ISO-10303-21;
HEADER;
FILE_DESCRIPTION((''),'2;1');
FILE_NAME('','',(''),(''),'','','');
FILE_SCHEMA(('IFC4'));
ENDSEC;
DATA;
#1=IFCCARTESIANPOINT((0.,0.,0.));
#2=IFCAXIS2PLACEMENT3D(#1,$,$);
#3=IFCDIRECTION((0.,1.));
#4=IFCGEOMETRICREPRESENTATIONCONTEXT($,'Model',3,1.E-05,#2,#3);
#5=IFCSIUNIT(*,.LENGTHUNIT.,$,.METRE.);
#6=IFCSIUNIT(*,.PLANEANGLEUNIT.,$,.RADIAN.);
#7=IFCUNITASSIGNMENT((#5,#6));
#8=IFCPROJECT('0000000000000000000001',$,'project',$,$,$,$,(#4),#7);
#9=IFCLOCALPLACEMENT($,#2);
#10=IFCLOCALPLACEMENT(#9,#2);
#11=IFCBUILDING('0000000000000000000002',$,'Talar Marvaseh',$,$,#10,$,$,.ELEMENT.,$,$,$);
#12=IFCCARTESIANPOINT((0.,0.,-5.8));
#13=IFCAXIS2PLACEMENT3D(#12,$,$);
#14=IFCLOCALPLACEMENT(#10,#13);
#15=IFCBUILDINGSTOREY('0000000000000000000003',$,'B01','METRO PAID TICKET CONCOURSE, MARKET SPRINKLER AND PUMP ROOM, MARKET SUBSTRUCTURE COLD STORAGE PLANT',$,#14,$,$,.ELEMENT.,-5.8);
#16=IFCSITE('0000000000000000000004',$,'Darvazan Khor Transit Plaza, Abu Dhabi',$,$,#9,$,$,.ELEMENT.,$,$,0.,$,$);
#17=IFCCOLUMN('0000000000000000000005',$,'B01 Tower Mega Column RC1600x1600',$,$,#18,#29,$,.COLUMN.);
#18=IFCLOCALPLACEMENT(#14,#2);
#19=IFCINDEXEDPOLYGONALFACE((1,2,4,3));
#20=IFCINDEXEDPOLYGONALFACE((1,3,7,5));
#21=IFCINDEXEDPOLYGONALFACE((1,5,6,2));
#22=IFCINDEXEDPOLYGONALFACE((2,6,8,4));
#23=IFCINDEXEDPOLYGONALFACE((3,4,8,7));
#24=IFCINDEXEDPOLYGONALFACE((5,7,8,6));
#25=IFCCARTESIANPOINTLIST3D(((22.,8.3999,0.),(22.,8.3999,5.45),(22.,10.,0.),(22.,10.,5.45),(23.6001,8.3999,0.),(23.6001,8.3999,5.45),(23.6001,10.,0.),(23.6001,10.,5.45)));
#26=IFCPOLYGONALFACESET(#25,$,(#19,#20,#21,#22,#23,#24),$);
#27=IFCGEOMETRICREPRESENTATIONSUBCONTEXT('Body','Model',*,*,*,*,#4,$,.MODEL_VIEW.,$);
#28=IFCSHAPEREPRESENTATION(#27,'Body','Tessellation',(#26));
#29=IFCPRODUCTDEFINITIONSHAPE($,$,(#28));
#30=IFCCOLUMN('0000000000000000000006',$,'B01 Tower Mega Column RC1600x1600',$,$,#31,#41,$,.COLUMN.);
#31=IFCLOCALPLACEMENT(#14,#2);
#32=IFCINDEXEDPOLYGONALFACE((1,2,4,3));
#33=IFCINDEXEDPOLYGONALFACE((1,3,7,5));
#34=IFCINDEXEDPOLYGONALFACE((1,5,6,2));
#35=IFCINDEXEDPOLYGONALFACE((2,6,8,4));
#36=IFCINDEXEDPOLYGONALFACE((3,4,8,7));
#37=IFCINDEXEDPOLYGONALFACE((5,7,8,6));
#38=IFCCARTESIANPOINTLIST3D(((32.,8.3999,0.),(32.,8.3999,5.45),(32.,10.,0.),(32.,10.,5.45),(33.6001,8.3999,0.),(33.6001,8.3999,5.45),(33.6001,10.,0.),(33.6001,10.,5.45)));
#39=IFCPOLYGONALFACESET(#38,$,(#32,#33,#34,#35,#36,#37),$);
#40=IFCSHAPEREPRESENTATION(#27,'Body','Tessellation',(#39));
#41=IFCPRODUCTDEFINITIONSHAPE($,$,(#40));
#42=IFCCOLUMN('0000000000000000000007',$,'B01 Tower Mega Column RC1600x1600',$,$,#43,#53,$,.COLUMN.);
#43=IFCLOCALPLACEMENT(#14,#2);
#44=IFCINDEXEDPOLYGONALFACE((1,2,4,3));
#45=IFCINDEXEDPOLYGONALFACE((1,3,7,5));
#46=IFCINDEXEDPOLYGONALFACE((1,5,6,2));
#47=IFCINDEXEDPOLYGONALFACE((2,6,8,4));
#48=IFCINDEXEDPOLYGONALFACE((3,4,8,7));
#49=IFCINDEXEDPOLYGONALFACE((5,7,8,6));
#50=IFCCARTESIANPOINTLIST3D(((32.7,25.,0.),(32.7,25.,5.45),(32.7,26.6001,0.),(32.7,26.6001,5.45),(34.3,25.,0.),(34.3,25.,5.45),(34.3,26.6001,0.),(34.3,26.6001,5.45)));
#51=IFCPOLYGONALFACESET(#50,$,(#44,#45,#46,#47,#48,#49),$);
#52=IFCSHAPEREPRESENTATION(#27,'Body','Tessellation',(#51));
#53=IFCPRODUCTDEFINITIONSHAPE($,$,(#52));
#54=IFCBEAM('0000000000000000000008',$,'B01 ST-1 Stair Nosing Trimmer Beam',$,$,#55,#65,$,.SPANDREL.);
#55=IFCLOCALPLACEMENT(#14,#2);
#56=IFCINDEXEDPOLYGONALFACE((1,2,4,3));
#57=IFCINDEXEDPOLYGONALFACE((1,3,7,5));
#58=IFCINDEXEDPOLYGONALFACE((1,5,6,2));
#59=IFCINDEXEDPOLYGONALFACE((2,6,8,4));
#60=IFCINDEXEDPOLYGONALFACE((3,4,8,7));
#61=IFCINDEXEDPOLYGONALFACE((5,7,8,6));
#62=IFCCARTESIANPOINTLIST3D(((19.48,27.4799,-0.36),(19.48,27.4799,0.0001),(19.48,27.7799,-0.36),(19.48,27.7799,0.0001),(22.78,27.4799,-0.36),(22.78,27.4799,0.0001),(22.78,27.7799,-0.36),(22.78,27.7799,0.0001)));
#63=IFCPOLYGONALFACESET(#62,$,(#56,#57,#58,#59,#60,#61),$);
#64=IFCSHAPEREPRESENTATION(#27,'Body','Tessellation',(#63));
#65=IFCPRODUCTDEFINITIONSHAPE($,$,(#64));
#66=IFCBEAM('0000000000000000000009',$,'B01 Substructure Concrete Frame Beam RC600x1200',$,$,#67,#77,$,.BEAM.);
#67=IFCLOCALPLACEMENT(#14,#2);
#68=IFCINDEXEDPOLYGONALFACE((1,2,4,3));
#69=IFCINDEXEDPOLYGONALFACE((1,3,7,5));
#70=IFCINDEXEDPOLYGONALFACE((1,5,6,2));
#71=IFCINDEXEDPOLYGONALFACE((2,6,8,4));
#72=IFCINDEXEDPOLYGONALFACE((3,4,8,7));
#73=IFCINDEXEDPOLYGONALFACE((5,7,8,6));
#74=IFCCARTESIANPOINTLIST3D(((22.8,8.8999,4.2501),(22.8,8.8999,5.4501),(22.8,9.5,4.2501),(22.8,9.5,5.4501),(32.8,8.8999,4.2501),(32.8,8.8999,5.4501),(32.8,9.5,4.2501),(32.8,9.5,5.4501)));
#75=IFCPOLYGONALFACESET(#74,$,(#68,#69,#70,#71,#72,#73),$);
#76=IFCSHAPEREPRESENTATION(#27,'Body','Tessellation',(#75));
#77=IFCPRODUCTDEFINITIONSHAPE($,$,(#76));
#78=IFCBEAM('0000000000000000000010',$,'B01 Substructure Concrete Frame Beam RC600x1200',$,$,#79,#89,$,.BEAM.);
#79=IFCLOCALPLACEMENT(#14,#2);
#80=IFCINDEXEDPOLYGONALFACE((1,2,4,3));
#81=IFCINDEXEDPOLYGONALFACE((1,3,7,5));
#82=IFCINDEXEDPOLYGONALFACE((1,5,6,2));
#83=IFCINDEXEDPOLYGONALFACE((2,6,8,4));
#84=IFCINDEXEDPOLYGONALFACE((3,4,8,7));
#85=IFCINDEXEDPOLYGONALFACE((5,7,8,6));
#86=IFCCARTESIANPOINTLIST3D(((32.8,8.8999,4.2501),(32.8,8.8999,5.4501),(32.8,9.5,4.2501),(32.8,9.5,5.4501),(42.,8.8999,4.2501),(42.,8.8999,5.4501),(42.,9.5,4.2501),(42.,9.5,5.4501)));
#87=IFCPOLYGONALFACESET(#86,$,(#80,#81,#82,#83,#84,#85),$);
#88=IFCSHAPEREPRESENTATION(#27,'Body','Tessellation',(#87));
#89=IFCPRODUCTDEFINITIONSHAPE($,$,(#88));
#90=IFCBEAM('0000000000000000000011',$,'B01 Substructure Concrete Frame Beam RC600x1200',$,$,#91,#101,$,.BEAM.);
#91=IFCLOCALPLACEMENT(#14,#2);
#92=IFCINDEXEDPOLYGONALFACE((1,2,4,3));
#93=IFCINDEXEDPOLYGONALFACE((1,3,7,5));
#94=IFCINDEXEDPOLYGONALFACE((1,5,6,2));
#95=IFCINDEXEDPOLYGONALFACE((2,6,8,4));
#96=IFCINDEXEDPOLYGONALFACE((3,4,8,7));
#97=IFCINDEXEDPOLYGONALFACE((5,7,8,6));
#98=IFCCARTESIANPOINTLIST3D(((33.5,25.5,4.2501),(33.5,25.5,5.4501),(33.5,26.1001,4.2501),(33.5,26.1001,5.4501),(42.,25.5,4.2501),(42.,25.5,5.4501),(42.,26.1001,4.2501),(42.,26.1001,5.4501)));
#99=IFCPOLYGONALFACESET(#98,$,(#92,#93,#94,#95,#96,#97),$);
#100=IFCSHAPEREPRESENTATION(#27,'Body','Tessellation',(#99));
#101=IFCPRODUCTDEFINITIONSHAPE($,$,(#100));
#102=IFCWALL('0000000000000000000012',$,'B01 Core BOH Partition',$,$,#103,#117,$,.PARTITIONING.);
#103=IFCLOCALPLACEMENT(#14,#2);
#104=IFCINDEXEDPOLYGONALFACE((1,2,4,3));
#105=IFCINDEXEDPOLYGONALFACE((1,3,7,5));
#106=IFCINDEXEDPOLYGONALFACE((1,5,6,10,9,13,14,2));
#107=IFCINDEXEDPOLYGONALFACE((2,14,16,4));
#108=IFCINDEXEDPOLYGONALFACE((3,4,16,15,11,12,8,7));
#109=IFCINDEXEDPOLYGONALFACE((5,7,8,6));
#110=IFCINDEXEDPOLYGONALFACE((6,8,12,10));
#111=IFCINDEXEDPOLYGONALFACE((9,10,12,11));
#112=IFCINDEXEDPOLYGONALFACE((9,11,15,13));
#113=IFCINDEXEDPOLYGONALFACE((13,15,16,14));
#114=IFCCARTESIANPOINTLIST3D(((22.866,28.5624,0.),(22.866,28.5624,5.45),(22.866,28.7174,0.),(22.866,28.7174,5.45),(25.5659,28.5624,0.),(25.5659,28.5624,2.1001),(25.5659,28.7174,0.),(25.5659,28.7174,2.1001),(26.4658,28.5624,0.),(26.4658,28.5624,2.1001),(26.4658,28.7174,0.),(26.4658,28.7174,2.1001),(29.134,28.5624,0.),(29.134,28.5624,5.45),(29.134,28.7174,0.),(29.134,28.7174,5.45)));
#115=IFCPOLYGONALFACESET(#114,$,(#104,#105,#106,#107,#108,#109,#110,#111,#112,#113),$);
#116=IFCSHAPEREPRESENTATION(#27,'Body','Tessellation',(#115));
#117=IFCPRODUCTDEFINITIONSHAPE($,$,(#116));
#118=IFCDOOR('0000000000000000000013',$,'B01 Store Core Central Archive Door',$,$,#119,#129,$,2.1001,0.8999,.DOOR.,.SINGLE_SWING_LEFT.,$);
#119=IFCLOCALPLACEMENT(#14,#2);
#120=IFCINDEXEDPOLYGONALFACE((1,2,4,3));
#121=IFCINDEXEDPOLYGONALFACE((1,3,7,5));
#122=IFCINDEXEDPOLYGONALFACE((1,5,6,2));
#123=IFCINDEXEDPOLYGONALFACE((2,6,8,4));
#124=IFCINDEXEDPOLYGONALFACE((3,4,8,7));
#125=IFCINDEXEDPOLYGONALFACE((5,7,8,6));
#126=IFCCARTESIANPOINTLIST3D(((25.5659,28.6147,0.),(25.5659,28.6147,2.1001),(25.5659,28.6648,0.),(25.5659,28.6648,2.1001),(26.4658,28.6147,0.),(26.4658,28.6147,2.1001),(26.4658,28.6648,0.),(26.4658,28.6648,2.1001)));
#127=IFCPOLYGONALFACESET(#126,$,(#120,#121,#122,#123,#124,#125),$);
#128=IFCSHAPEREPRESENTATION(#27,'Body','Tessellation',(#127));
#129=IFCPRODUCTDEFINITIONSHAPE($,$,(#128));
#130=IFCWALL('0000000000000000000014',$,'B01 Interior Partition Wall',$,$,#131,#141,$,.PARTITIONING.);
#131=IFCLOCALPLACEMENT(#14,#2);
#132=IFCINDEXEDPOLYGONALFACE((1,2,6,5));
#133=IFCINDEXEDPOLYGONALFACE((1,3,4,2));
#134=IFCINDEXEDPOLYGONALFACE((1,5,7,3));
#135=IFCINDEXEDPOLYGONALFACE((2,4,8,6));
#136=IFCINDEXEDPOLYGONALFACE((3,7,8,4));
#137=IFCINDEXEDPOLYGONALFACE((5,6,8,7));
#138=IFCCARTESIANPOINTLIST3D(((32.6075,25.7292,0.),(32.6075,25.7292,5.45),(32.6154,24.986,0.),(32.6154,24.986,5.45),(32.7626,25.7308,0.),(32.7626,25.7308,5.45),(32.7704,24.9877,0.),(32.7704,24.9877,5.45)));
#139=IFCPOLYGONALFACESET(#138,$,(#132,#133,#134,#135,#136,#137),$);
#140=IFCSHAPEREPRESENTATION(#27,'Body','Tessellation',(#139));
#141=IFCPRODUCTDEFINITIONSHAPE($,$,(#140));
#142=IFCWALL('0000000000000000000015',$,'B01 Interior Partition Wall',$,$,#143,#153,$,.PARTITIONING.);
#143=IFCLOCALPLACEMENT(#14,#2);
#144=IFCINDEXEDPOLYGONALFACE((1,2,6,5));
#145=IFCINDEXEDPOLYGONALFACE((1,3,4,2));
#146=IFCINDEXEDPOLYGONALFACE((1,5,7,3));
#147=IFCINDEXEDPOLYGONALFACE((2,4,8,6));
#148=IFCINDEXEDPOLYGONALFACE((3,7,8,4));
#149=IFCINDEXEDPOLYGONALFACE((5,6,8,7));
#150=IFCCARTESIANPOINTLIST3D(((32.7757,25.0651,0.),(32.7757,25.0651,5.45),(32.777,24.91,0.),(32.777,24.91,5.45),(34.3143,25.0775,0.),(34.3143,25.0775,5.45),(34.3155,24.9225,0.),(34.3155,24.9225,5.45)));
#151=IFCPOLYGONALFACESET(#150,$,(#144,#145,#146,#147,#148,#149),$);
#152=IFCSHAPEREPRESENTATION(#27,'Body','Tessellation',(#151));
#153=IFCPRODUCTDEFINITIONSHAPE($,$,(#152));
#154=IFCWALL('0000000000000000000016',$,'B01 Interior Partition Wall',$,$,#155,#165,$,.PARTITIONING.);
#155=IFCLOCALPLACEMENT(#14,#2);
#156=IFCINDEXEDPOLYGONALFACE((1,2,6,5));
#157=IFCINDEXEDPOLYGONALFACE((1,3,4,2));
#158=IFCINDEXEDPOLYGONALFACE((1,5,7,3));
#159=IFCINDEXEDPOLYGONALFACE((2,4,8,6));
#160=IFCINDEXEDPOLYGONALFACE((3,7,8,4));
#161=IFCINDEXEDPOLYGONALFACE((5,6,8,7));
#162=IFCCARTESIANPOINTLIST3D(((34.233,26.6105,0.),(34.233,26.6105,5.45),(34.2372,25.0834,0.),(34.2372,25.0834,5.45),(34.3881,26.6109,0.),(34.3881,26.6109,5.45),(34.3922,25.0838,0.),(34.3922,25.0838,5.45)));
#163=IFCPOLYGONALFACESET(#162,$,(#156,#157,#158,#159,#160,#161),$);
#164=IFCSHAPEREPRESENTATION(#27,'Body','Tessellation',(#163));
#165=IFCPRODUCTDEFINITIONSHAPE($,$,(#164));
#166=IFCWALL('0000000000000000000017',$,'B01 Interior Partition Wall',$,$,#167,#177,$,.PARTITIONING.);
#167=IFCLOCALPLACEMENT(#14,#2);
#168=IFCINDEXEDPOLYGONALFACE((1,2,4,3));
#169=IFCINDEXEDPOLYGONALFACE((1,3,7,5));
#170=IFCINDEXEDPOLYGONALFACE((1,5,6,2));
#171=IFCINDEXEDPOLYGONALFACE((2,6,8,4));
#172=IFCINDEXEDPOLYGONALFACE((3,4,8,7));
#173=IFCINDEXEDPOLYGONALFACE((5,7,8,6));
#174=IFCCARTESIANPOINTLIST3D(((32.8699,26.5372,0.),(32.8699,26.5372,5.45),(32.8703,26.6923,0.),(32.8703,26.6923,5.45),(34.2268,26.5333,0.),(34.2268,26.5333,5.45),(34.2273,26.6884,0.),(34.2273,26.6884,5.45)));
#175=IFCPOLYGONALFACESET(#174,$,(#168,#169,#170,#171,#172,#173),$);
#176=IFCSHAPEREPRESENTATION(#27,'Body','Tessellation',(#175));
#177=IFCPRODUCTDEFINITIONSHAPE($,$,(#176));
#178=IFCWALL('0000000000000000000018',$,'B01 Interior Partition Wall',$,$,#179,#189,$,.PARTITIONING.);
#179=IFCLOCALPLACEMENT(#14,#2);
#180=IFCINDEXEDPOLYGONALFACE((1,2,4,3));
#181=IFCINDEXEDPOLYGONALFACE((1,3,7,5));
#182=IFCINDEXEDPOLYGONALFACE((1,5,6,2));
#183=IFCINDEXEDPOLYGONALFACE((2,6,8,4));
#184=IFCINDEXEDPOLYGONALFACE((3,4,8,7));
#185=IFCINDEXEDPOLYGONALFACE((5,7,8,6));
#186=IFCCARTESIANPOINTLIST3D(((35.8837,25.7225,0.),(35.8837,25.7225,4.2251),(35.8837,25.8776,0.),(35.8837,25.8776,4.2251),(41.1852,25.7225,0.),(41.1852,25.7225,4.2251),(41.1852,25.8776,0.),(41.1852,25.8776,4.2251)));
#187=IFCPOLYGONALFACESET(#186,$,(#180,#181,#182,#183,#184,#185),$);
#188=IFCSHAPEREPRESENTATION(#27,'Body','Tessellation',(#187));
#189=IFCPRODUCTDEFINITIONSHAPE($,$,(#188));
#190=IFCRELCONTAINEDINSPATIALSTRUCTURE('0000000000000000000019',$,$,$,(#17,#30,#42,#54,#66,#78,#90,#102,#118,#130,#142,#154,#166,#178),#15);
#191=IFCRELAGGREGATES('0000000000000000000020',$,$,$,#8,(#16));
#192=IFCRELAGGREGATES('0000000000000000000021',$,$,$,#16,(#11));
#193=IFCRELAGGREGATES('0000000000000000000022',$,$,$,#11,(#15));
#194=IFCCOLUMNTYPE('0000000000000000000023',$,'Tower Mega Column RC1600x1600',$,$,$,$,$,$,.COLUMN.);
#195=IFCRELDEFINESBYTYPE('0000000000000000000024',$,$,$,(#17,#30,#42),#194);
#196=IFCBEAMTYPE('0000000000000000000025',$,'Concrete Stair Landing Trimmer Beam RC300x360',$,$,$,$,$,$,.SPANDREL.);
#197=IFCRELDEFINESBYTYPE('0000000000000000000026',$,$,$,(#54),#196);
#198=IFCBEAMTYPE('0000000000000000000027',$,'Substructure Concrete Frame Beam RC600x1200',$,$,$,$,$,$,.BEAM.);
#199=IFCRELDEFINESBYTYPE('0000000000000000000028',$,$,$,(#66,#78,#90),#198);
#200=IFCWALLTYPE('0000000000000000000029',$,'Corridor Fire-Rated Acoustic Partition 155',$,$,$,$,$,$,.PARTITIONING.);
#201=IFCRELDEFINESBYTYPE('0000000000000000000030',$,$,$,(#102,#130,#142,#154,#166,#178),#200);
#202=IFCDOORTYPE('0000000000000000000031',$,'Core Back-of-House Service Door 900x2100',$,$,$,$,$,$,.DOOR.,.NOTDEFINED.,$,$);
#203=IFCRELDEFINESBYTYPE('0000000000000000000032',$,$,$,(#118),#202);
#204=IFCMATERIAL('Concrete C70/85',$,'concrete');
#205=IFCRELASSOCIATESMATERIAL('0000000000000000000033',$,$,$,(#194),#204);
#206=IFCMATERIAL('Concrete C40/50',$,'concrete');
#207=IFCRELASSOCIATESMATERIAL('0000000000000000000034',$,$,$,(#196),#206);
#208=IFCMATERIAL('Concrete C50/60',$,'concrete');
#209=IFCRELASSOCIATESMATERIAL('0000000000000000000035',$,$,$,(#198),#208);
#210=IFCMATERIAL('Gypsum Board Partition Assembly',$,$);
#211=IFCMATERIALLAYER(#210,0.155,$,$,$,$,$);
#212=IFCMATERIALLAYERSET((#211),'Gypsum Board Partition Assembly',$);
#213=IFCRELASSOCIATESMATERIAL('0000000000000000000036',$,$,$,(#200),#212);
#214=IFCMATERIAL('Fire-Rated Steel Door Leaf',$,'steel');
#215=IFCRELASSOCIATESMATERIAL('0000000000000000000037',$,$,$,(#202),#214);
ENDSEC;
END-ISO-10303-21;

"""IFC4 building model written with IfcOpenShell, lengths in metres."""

from ifc_helpers import new_model, si_unit, direction, frame, frame_2d, origin, origin_2d, place, context, subcontext, project, spatial, rectangle, extrude, source, transform, mapped, material, layer, layer_set, material_profile, profile_set, type_object, type_shapes, element, fill, save


model = new_model("IFC4")

# Units and contexts
model_context = context("Model", 3, precision=1e-05, world=origin(), true_north=direction((0.0, 1.0)))
body_context = subcontext(model_context, "Body", "Model", "MODEL_VIEW")
ifc_project = project(units=[si_unit("LENGTHUNIT", "METRE"), si_unit("PLANEANGLEUNIT", "RADIAN")], contexts=[model_context])

# Site, building, storey
site_placement = place(None, origin())
site = spatial("IfcSite", under=ifc_project, at=site_placement, Name="Darvazan Khor Transit Plaza, Abu Dhabi", CompositionType="ELEMENT", RefElevation=0.0)
building_placement = place(site_placement, origin())
building = spatial("IfcBuilding", under=site, at=building_placement, Name="Talar Marvaseh", CompositionType="ELEMENT")
storey_placement = place(building_placement, frame((0.0, 0.0, -5.8)))
storey = spatial("IfcBuildingStorey", under=building, at=storey_placement, Name="B01", Description="METRO PAID TICKET CONCOURSE, MARKET SPRINKLER AND PUMP ROOM, MARKET SUBSTRUCTURE COLD STORAGE PLANT", CompositionType="ELEMENT", Elevation=-5.8)

# Columns
ifc_material_1 = material(Name="Concrete C70/85", Category="concrete")
ifc_material_profile_1 = material_profile(ifc_material_1, rectangle(XDim=1.6001, YDim=1.6001, at=origin_2d()), Name="RC1600x1600")
ifc_profile_set_1 = profile_set([ifc_material_profile_1], Name="Concrete C70/85")
column_type = type_object("IfcColumnType", Name="Tower Mega Column RC1600x1600", PredefinedType="COLUMN", material=ifc_profile_set_1)
for number, where, z_axis, x_axis, name in (
    (1, (22.8, 9.2, 0.0), (0.0, 0.0, 1.0), (1.0, 0.0, 0.0), "B01 Tower Mega Column RC1600x1600"),
    (2, (32.8, 9.2, 0.0), (0.0, 0.0, 1.0), (1.0, 0.0, 0.0), "B01 Tower Mega Column RC1600x1600"),
    (3, (33.5, 25.8, 0.0), (0.0, 0.0, 1.0), (1.0, 0.0, 0.0), "B01 Tower Mega Column RC1600x1600"),
):
    element("IfcColumn", number, at=place(storey_placement, frame(where, z_axis=z_axis, x_axis=x_axis)), inside=storey, type_object=column_type, Name=name, PredefinedType="COLUMN", context=body_context, shape_type="SweptSolid", body=[
        extrude(rectangle(XDim=1.6001, YDim=1.6001, at=origin_2d()), origin(), (0.0, 0.0, 1.0), 5.45),
    ])

# Beams
ifc_material_2 = material(Name="Concrete C40/50", Category="concrete")
ifc_material_profile_2 = material_profile(ifc_material_2, rectangle(XDim=0.3, YDim=0.3601, at=origin_2d()), Name="RC300x360")
ifc_profile_set_2 = profile_set([ifc_material_profile_2], Name="Concrete C40/50")
beam_type_1 = type_object("IfcBeamType", Name="Concrete Stair Landing Trimmer Beam RC300x360", PredefinedType="SPANDREL", material=ifc_profile_set_2)
beam_1_placement = place(storey_placement, frame((22.78, 27.6299, -0.1799), z_axis=(-1.0, 0.0, 0.0), x_axis=(0.0, -1.0, 0.0)))
element("IfcBeam", 4, at=beam_1_placement, inside=storey, type_object=beam_type_1, Name="B01 ST-1 Stair Nosing Trimmer Beam", PredefinedType="SPANDREL", context=body_context, shape_type="SweptSolid", body=[
    extrude(rectangle(XDim=0.3, YDim=0.3601, at=origin_2d()), origin(), (0.0, 0.0, 1.0), 3.3),
])
ifc_material_3 = material(Name="Concrete C50/60", Category="concrete")
ifc_material_profile_3 = material_profile(ifc_material_3, rectangle(XDim=0.6001, YDim=1.2, at=origin_2d()), Name="RC600x1200")
ifc_profile_set_3 = profile_set([ifc_material_profile_3], Name="Concrete C50/60")
beam_type_2 = type_object("IfcBeamType", Name="Substructure Concrete Frame Beam RC600x1200", PredefinedType="BEAM", material=ifc_profile_set_3)
beam_2_placement = place(storey_placement, frame((22.8, 9.2, 4.8501), z_axis=(1.0, 0.0, 0.0), x_axis=(0.0, 1.0, 0.0)))
element("IfcBeam", 5, at=beam_2_placement, inside=storey, type_object=beam_type_2, Name="B01 Substructure Concrete Frame Beam RC600x1200", PredefinedType="BEAM", context=body_context, shape_type="SweptSolid", body=[
    extrude(rectangle(XDim=0.6001, YDim=1.2, at=origin_2d()), origin(), (0.0, 0.0, 1.0), 10.0),
])
beam_3_placement = place(storey_placement, frame((32.8, 9.2, 4.8501), z_axis=(1.0, 0.0, 0.0), x_axis=(0.0, 1.0, 0.0)))
element("IfcBeam", 6, at=beam_3_placement, inside=storey, type_object=beam_type_2, Name="B01 Substructure Concrete Frame Beam RC600x1200", PredefinedType="BEAM", context=body_context, shape_type="SweptSolid", body=[
    extrude(rectangle(XDim=0.6001, YDim=1.2, at=origin_2d()), origin(), (0.0, 0.0, 1.0), 9.2),
])
beam_4_placement = place(storey_placement, frame((33.5, 25.8, 4.8501), z_axis=(1.0, 0.0, 0.0), x_axis=(0.0, 1.0, 0.0)))
element("IfcBeam", 7, at=beam_4_placement, inside=storey, type_object=beam_type_2, Name="B01 Substructure Concrete Frame Beam RC600x1200", PredefinedType="BEAM", context=body_context, shape_type="SweptSolid", body=[
    extrude(rectangle(XDim=0.6001, YDim=1.2, at=origin_2d()), origin(), (0.0, 0.0, 1.0), 8.5),
])

# Wall, opening, door
ifc_material_4 = material(Name="Gypsum Board Partition Assembly")
ifc_layer_1 = layer(ifc_material_4, 0.155)
ifc_layer_set_1 = layer_set([ifc_layer_1], Name="Gypsum Board Partition Assembly")
wall_type_1 = type_object("IfcWallType", Name="Corridor Fire-Rated Acoustic Partition 155", PredefinedType="PARTITIONING", material=ifc_layer_set_1)
wall_1_placement = place(storey_placement, frame((22.866, 28.6399, 0.0), z_axis=(0.0, 0.0, 1.0), x_axis=(1.0, 0.0, 0.0)))
wall_1 = element("IfcWall", 8, at=wall_1_placement, inside=storey, type_object=wall_type_1, Name="B01 Core BOH Partition", PredefinedType="PARTITIONING", context=body_context, shape_type="SweptSolid", body=[
    extrude(rectangle(XDim=6.2681, YDim=0.155, at=frame_2d((3.134, 0.0))), origin(), (0.0, 0.0, 1.0), 5.45),
])
opening_1_placement = place(wall_1_placement, frame((2.7, 0.0, 0.0)))
opening_1 = element("IfcOpeningElement", 9, at=opening_1_placement, cuts=wall_1, PredefinedType="OPENING", context=body_context, shape_type="SweptSolid", body=[
    extrude(rectangle(XDim=0.8999, YDim=2.1001, at=frame_2d((0.45, 1.05))), frame((0.0, 0.0874, 0.0), z_axis=(0.0, -1.0, 0.0), x_axis=(1.0, 0.0, 0.0)), (0.0, 0.0, 1.0), 0.175),
])
ifc_material_5 = material(Name="Fire-Rated Steel Door Leaf", Category="steel")
door_type_1 = type_object("IfcDoorType", Name="Core Back-of-House Service Door 900x2100", OperationType="NOTDEFINED", PredefinedType="DOOR", material=ifc_material_5)
shared_shape_1 = source(origin(), body_context, "Body", "SweptSolid", [
    extrude(rectangle(XDim=0.8999, YDim=2.1001, at=frame_2d((0.45, 1.05))), frame((0.0, 0.0249, 0.0), z_axis=(0.0, -1.0, 0.0), x_axis=(1.0, 0.0, 0.0)), (0.0, 0.0, 1.0), 0.05),
])
type_shapes(door_type_1, [shared_shape_1])
door_1_placement = place(opening_1_placement, origin())
door_1 = element("IfcDoor", 10, at=door_1_placement, inside=storey, type_object=door_type_1, Name="B01 Store Core Central Archive Door", OperationType="SINGLE_SWING_LEFT", OverallHeight=2.1001, OverallWidth=0.8999, PredefinedType="DOOR", context=body_context, shape_type="MappedRepresentation", body=[
    mapped(shared_shape_1, transform((0.0, 0.0, 0.0), x_axis=(1.0, 0.0, 0.0), y_axis=(0.0, 1.0, 0.0), z_axis=(0.0, 0.0, 1.0), scale=1.0)),
])
fill(opening_1, door_1)

# Walls
wall_2_placement = place(storey_placement, frame((32.6851, 25.73, 0.0), z_axis=(0.0, 0.0, 1.0), x_axis=(0.010512, -0.999945, 0.0)))
element("IfcWall", 11, at=wall_2_placement, inside=storey, type_object=wall_type_1, Name="B01 Interior Partition Wall", PredefinedType="PARTITIONING", context=body_context, shape_type="SweptSolid", body=[
    extrude(rectangle(XDim=0.7432, YDim=0.155, at=frame_2d((0.3716, 0.0))), origin(), (0.0, 0.0, 1.0), 5.45),
])
wall_3_placement = place(storey_placement, frame((32.7764, 24.9875, 0.0), z_axis=(0.0, 0.0, 1.0), x_axis=(0.999967, 0.008092, 0.0)))
element("IfcWall", 12, at=wall_3_placement, inside=storey, type_object=wall_type_1, Name="B01 Interior Partition Wall", PredefinedType="PARTITIONING", context=body_context, shape_type="SweptSolid", body=[
    extrude(rectangle(XDim=1.5386, YDim=0.155, at=frame_2d((0.7693, 0.0))), origin(), (0.0, 0.0, 1.0), 5.45),
])
wall_4_placement = place(storey_placement, frame((34.3147, 25.0835, 0.0), z_axis=(0.0, 0.0, 1.0), x_axis=(-0.002718, 0.999996, 0.0)))
element("IfcWall", 13, at=wall_4_placement, inside=storey, type_object=wall_type_1, Name="B01 Interior Partition Wall", PredefinedType="PARTITIONING", context=body_context, shape_type="SweptSolid", body=[
    extrude(rectangle(XDim=1.5271, YDim=0.155, at=frame_2d((0.7637, 0.0))), origin(), (0.0, 0.0, 1.0), 5.45),
])
wall_5_placement = place(storey_placement, frame((34.2271, 26.6108, 0.0), z_axis=(0.0, 0.0, 1.0), x_axis=(-0.999996, 0.002879, 0.0)))
element("IfcWall", 14, at=wall_5_placement, inside=storey, type_object=wall_type_1, Name="B01 Interior Partition Wall", PredefinedType="PARTITIONING", context=body_context, shape_type="SweptSolid", body=[
    extrude(rectangle(XDim=1.3569, YDim=0.155, at=frame_2d((0.6785, 0.0))), origin(), (0.0, 0.0, 1.0), 5.45),
])
wall_6_placement = place(storey_placement, frame((35.8835, 25.8, 0.0), z_axis=(0.0, 0.0, 1.0), x_axis=(1.0, 0.0, 0.0)))
element("IfcWall", 15, at=wall_6_placement, inside=storey, type_object=wall_type_1, Name="B01 Interior Partition Wall", PredefinedType="PARTITIONING", context=body_context, shape_type="SweptSolid", body=[
    extrude(rectangle(XDim=5.3015, YDim=0.155, at=frame_2d((2.6509, 0.0))), origin(), (0.0, 0.0, 1.0), 4.2251),
])

save(model, "model.ifc")
